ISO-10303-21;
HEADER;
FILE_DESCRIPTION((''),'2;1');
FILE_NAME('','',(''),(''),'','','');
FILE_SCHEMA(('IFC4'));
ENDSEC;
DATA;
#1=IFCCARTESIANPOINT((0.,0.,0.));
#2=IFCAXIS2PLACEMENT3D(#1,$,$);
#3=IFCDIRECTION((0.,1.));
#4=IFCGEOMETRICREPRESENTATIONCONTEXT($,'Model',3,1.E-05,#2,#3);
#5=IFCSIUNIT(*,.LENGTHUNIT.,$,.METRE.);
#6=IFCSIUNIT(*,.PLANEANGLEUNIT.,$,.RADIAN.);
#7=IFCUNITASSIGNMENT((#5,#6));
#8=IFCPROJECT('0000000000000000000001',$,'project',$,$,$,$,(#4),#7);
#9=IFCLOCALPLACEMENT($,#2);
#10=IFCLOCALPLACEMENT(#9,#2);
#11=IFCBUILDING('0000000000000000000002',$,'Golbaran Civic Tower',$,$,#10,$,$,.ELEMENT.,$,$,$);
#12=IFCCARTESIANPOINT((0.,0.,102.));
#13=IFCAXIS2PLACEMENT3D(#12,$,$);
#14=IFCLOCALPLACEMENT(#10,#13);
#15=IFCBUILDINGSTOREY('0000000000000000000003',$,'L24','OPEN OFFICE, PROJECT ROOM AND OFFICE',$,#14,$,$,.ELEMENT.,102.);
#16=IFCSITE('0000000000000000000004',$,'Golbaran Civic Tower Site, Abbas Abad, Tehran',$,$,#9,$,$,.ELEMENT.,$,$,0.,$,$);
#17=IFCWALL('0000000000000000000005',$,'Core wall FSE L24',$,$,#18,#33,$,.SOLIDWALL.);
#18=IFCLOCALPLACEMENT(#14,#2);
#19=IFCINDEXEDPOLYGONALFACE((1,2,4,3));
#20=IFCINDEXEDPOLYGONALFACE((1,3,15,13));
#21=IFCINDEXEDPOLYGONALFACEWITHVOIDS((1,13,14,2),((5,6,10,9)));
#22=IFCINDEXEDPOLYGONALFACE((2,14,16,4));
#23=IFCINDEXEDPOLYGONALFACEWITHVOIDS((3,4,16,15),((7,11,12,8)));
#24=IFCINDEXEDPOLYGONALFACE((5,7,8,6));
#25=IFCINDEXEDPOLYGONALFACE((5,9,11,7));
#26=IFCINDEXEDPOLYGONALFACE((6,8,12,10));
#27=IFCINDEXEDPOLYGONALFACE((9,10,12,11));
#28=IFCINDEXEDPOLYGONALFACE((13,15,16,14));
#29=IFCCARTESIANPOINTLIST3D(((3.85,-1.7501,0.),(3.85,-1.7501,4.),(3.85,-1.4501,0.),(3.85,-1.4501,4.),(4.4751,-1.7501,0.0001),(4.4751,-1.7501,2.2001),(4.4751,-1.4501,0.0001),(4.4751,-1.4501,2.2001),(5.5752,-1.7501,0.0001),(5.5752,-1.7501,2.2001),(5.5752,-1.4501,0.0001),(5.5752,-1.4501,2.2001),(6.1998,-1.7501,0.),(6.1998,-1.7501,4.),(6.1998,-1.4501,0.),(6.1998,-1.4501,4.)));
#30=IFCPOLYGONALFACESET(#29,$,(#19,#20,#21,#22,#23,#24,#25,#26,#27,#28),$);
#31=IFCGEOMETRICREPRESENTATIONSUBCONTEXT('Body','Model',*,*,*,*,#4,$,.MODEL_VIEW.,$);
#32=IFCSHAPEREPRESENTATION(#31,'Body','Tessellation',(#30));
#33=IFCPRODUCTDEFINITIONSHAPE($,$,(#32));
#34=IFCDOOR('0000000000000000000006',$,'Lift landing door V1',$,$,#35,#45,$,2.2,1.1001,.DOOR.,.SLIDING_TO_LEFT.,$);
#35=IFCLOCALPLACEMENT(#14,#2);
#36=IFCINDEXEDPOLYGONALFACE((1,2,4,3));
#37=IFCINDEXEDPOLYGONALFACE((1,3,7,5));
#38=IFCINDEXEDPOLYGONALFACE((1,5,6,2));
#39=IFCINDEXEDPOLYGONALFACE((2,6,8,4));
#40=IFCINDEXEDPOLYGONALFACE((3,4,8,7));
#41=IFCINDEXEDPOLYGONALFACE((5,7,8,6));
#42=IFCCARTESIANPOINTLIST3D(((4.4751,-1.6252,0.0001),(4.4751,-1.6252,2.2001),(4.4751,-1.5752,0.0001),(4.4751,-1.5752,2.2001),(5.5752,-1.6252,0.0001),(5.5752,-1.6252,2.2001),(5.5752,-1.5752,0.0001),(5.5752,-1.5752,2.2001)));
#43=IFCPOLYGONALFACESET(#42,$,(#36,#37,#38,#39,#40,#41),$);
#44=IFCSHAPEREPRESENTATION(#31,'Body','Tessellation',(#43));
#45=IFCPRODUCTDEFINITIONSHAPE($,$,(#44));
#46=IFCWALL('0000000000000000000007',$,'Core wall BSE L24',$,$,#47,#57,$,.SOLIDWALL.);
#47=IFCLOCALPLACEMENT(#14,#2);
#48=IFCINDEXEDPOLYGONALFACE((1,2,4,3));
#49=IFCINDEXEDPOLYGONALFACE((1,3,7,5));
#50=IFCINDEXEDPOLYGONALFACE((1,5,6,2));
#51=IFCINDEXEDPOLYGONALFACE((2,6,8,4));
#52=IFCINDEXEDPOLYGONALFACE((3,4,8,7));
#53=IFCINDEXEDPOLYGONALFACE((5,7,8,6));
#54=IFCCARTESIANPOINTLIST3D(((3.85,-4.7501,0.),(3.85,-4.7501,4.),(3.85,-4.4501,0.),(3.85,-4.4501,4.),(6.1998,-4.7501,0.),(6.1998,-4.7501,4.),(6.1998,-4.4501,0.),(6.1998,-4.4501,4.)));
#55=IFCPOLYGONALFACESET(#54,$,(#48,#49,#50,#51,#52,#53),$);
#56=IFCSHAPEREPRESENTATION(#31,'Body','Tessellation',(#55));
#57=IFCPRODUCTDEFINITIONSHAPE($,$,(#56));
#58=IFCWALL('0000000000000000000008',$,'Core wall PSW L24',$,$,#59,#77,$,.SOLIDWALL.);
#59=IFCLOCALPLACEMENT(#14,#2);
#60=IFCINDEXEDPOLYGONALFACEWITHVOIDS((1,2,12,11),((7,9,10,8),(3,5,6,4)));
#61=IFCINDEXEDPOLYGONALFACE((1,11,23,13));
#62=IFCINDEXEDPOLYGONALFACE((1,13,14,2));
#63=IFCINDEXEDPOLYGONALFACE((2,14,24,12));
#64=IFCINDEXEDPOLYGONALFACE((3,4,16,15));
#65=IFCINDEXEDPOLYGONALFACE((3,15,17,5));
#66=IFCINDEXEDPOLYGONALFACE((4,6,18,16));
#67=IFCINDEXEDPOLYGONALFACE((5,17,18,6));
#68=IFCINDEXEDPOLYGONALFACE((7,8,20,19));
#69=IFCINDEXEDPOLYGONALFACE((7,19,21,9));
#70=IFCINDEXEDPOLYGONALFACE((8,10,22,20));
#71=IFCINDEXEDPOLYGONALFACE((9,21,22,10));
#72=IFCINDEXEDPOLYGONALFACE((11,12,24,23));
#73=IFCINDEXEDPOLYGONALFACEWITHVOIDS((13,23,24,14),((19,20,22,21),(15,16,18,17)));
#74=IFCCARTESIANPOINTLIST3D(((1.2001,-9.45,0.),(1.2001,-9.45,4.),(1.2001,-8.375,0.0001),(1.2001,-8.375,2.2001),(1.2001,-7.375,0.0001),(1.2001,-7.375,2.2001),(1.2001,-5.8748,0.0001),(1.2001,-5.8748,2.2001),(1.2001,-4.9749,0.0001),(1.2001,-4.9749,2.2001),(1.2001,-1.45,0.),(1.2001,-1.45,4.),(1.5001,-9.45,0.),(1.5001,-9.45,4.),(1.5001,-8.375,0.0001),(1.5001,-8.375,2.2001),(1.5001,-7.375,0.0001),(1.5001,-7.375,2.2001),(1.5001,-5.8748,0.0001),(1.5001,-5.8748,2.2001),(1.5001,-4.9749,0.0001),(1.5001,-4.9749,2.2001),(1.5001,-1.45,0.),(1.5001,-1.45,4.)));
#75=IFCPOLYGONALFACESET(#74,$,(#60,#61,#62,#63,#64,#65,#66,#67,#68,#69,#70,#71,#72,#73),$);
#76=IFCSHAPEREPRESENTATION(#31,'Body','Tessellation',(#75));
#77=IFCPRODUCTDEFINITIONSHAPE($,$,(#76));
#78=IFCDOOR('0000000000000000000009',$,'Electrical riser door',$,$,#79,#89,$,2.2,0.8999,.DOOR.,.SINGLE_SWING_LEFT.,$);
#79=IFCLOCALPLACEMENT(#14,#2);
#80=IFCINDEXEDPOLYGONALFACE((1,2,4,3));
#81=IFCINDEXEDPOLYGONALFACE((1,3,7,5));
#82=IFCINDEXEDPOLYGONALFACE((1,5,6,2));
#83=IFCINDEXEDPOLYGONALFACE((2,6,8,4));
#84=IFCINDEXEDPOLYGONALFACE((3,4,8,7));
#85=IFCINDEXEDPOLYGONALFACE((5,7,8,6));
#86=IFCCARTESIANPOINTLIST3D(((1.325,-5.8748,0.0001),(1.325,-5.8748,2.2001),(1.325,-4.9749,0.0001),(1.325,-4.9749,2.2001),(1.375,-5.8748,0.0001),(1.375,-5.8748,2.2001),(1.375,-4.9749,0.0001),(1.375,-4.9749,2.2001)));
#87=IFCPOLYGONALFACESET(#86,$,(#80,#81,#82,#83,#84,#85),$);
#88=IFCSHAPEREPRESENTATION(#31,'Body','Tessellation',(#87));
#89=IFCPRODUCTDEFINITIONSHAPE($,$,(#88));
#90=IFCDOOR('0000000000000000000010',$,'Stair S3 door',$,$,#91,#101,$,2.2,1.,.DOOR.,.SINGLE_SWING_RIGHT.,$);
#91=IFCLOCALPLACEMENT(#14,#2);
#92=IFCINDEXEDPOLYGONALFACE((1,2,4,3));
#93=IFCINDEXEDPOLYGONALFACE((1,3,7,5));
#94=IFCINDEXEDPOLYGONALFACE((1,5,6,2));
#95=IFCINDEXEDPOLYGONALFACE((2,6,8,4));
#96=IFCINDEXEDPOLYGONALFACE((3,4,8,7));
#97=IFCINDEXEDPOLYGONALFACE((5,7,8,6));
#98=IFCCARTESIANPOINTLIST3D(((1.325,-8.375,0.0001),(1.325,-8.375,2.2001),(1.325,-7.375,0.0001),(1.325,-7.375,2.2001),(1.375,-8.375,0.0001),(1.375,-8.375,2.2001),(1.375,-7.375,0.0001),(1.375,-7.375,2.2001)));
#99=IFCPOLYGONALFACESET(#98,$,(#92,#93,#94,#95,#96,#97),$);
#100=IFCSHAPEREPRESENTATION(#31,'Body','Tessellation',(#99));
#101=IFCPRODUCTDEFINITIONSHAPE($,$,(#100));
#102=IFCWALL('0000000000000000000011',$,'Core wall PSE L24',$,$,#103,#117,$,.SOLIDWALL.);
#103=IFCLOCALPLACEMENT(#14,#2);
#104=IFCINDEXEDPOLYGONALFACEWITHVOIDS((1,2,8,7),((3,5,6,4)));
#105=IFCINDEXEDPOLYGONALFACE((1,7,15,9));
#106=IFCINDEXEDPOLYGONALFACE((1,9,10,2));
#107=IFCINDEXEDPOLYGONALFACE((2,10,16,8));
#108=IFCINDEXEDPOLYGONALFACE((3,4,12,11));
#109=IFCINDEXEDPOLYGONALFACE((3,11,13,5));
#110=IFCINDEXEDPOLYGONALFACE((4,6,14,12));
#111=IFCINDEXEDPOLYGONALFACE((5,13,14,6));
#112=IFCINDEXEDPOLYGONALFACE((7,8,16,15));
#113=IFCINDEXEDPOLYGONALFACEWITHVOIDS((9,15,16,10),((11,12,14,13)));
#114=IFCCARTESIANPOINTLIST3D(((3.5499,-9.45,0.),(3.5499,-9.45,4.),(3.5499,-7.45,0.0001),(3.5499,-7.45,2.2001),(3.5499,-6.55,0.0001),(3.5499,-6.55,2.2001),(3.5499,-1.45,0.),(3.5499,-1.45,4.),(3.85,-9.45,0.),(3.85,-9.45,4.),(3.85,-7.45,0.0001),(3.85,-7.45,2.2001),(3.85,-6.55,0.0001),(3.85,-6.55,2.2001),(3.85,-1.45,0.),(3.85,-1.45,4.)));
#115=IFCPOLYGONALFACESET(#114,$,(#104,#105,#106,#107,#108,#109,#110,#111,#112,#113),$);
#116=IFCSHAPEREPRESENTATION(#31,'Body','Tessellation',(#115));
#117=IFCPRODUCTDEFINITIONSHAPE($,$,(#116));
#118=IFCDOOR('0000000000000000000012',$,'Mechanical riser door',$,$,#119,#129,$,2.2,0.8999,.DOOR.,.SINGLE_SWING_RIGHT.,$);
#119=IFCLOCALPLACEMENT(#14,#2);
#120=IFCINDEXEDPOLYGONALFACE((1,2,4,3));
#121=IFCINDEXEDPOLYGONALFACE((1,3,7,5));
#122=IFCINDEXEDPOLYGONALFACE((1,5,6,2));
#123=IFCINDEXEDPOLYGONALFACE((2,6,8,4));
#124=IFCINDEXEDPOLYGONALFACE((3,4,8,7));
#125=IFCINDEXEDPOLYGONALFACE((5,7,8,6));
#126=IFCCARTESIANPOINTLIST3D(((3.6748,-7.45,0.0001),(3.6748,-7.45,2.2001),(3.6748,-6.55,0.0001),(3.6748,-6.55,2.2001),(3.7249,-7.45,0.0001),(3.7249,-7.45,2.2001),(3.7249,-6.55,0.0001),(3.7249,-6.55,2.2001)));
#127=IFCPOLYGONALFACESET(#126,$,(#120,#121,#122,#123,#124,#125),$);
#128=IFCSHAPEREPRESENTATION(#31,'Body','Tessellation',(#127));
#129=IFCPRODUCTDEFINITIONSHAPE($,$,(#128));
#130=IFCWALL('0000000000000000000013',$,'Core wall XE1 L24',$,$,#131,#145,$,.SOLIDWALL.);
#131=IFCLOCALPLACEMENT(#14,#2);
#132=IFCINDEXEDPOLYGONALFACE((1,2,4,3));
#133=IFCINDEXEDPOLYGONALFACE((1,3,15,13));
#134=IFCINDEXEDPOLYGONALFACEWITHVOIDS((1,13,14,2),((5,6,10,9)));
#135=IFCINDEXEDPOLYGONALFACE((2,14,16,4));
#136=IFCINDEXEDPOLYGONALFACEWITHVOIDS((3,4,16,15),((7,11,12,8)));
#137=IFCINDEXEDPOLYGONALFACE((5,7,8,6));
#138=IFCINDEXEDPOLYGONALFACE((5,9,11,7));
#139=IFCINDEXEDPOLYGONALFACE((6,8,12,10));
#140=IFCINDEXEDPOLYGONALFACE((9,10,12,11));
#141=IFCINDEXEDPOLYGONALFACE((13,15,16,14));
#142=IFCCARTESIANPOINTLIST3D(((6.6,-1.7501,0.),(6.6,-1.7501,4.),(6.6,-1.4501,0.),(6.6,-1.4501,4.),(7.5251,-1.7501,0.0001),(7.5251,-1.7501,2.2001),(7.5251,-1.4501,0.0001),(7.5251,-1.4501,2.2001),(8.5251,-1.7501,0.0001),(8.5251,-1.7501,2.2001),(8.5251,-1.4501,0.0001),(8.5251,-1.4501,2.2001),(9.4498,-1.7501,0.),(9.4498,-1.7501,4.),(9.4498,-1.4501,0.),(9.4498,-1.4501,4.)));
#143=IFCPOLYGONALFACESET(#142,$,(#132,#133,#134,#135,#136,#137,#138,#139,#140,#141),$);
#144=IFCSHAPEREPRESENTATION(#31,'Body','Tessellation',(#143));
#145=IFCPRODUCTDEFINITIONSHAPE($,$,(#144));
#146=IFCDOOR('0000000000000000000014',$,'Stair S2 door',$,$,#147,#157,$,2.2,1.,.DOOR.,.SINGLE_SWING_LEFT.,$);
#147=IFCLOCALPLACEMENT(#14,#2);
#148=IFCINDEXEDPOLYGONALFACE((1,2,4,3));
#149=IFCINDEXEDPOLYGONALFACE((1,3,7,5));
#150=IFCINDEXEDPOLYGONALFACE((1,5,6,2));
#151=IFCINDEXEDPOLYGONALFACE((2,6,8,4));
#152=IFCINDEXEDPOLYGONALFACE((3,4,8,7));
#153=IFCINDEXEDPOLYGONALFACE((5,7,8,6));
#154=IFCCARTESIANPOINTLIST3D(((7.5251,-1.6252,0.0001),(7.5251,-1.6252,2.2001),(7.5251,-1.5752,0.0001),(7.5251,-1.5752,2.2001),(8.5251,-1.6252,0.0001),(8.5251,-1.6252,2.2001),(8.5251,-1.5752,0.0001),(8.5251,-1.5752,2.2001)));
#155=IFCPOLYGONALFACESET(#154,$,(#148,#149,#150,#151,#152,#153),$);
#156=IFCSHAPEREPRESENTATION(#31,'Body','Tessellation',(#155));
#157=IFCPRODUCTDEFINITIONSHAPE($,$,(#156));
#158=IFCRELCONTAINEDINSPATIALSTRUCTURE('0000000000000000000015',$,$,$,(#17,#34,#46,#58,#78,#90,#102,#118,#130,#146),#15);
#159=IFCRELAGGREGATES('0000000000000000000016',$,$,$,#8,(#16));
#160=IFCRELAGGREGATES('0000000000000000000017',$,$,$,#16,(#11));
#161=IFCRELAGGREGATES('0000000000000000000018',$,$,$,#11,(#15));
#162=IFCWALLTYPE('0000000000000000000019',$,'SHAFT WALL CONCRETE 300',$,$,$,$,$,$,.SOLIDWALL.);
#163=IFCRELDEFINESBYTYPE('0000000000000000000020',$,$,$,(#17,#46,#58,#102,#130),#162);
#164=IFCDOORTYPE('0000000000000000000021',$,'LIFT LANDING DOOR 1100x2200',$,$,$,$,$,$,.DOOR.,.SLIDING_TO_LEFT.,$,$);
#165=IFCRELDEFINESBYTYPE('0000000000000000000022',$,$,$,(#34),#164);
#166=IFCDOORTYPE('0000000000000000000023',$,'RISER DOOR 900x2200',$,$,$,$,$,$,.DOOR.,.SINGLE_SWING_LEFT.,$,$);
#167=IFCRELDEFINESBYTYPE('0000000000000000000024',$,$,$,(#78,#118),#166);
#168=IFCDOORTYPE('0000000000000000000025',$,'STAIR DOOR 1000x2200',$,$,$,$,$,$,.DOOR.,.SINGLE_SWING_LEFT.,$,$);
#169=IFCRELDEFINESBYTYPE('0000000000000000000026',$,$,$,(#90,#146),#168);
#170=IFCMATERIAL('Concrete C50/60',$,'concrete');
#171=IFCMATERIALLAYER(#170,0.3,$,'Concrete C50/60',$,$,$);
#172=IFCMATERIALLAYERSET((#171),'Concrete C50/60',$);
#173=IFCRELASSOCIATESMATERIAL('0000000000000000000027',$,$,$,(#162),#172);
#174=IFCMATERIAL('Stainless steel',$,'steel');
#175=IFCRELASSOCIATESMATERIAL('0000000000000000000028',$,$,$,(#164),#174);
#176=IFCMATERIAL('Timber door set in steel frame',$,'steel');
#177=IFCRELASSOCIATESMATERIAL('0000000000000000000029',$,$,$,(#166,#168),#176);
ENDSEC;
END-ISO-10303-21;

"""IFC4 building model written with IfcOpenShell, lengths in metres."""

from ifc_helpers import new_model, si_unit, direction, frame, frame_2d, origin, place, context, subcontext, project, spatial, rectangle, extrude, material, layer, layer_set, type_object, element, fill, save


model = new_model("IFC4")

# Units and contexts
model_context = context("Model", 3, precision=1e-05, world=origin(), true_north=direction((0.0, 1.0)))
body_context = subcontext(model_context, "Body", "Model", "MODEL_VIEW")
ifc_project = project(units=[si_unit("LENGTHUNIT", "METRE"), si_unit("PLANEANGLEUNIT", "RADIAN")], contexts=[model_context])

# Site, building, storey
site_placement = place(None, origin())
site = spatial("IfcSite", under=ifc_project, at=site_placement, Name="Golbaran Civic Tower Site, Abbas Abad, Tehran", CompositionType="ELEMENT", RefElevation=0.0)
building_placement = place(site_placement, origin())
building = spatial("IfcBuilding", under=site, at=building_placement, Name="Golbaran Civic Tower", CompositionType="ELEMENT")
storey_placement = place(building_placement, frame((0.0, 0.0, 102.0)))
storey = spatial("IfcBuildingStorey", under=building, at=storey_placement, Name="L24", Description="OPEN OFFICE, PROJECT ROOM AND OFFICE", CompositionType="ELEMENT", Elevation=102.0)

# Shared definitions
ifc_material_1 = material(Name="Concrete C50/60", Category="concrete")
ifc_material_2 = material(Name="Timber door set in steel frame", Category="steel")

# Wall, opening, door
ifc_layer_1 = layer(ifc_material_1, 0.3, Name="Concrete C50/60")
ifc_layer_set_1 = layer_set([ifc_layer_1], Name="Concrete C50/60")
wall_type_1 = type_object("IfcWallType", Name="SHAFT WALL CONCRETE 300", PredefinedType="SOLIDWALL", material=ifc_layer_set_1)
wall_1_placement = place(storey_placement, frame((3.8501, -1.6001, 0.0), z_axis=(0.0, 0.0, 1.0), x_axis=(1.0, 0.0, 0.0)))
wall_1 = element("IfcWall", 1, at=wall_1_placement, inside=storey, type_object=wall_type_1, Name="Core wall FSE L24", PredefinedType="SOLIDWALL", context=body_context, shape_type="SweptSolid", body=[
    extrude(rectangle(XDim=2.3499, YDim=0.3, at=frame_2d((1.1748, 0.0))), origin(), (0.0, 0.0, 1.0), 4.0),
])
opening_1_placement = place(wall_1_placement, frame((0.625, 0.0, 0.0)))
opening_1 = element("IfcOpeningElement", 2, at=opening_1_placement, cuts=wall_1, PredefinedType="OPENING", context=body_context, shape_type="SweptSolid", body=[
    extrude(rectangle(XDim=1.1001, YDim=2.2, at=frame_2d((0.55, 1.1001))), frame((0.0, 0.1599, 0.0), z_axis=(0.0, -1.0, 0.0), x_axis=(1.0, 0.0, 0.0)), (0.0, 0.0, 1.0), 0.3201),
])
ifc_material_3 = material(Name="Stainless steel", Category="steel")
door_type_1 = type_object("IfcDoorType", Name="LIFT LANDING DOOR 1100x2200", OperationType="SLIDING_TO_LEFT", PredefinedType="DOOR", material=ifc_material_3)
door_1_placement = place(opening_1_placement, origin())
door_1 = element("IfcDoor", 3, at=door_1_placement, inside=storey, type_object=door_type_1, Name="Lift landing door V1", OperationType="SLIDING_TO_LEFT", OverallHeight=2.2, OverallWidth=1.1001, PredefinedType="DOOR", context=body_context, shape_type="SweptSolid", body=[
    extrude(rectangle(XDim=1.1001, YDim=2.2, at=frame_2d((0.55, 1.1001))), frame((0.0, 0.0249, 0.0), z_axis=(0.0, -1.0, 0.0), x_axis=(1.0, 0.0, 0.0)), (0.0, 0.0, 1.0), 0.05),
])
fill(opening_1, door_1)

# Wall
wall_2_placement = place(storey_placement, frame((3.8501, -4.6001, 0.0), z_axis=(0.0, 0.0, 1.0), x_axis=(1.0, 0.0, 0.0)))
element("IfcWall", 4, at=wall_2_placement, inside=storey, type_object=wall_type_1, Name="Core wall BSE L24", PredefinedType="SOLIDWALL", context=body_context, shape_type="SweptSolid", body=[
    extrude(rectangle(XDim=2.3499, YDim=0.3, at=frame_2d((1.1748, 0.0))), origin(), (0.0, 0.0, 1.0), 4.0),
])

# Wall, openings, doors
wall_3_placement = place(storey_placement, frame((1.3501, -1.45, 0.0), z_axis=(0.0, 0.0, 1.0), x_axis=(0.0, -1.0, 0.0)))
wall_3 = element("IfcWall", 5, at=wall_3_placement, inside=storey, type_object=wall_type_1, Name="Core wall PSW L24", PredefinedType="SOLIDWALL", context=body_context, shape_type="SweptSolid", body=[
    extrude(rectangle(XDim=8.0, YDim=0.3, at=frame_2d((4.0, 0.0))), origin(), (0.0, 0.0, 1.0), 4.0),
])
opening_2_placement = place(wall_3_placement, frame((5.925, 0.0, 0.0)))
opening_2 = element("IfcOpeningElement", 6, at=opening_2_placement, cuts=wall_3, PredefinedType="OPENING", context=body_context, shape_type="SweptSolid", body=[
    extrude(rectangle(XDim=1.0, YDim=2.2, at=frame_2d((0.5, 1.1001))), frame((0.0, 0.1599, 0.0), z_axis=(0.0, -1.0, 0.0), x_axis=(1.0, 0.0, 0.0)), (0.0, 0.0, 1.0), 0.3201),
])
opening_3_placement = place(wall_3_placement, frame((3.5249, 0.0, 0.0)))
opening_3 = element("IfcOpeningElement", 7, at=opening_3_placement, cuts=wall_3, PredefinedType="OPENING", context=body_context, shape_type="SweptSolid", body=[
    extrude(rectangle(XDim=0.8999, YDim=2.2, at=frame_2d((0.45, 1.1001))), frame((0.0, 0.1599, 0.0), z_axis=(0.0, -1.0, 0.0), x_axis=(1.0, 0.0, 0.0)), (0.0, 0.0, 1.0), 0.3201),
])
door_type_2 = type_object("IfcDoorType", Name="RISER DOOR 900x2200", OperationType="SINGLE_SWING_LEFT", PredefinedType="DOOR", material=ifc_material_2)
door_2_placement = place(opening_3_placement, origin())
door_2 = element("IfcDoor", 8, at=door_2_placement, inside=storey, type_object=door_type_2, Name="Electrical riser door", OperationType="SINGLE_SWING_LEFT", OverallHeight=2.2, OverallWidth=0.8999, PredefinedType="DOOR", context=body_context, shape_type="SweptSolid", body=[
    extrude(rectangle(XDim=0.8999, YDim=2.2, at=frame_2d((0.45, 1.1001))), frame((0.0, 0.0249, 0.0), z_axis=(0.0, -1.0, 0.0), x_axis=(1.0, 0.0, 0.0)), (0.0, 0.0, 1.0), 0.05),
])
fill(opening_3, door_2)
door_type_3 = type_object("IfcDoorType", Name="STAIR DOOR 1000x2200", OperationType="SINGLE_SWING_LEFT", PredefinedType="DOOR", material=ifc_material_2)
door_3_placement = place(opening_2_placement, origin())
door_3 = element("IfcDoor", 9, at=door_3_placement, inside=storey, type_object=door_type_3, Name="Stair S3 door", OperationType="SINGLE_SWING_RIGHT", OverallHeight=2.2, OverallWidth=1.0, PredefinedType="DOOR", context=body_context, shape_type="SweptSolid", body=[
    extrude(rectangle(XDim=1.0, YDim=2.2, at=frame_2d((0.5, 1.1001))), frame((0.0, 0.0249, 0.0), z_axis=(0.0, -1.0, 0.0), x_axis=(1.0, 0.0, 0.0)), (0.0, 0.0, 1.0), 0.05),
])
fill(opening_2, door_3)

# Walls, openings, doors
wall_4_placement = place(storey_placement, frame((3.7, -1.45, 0.0), z_axis=(0.0, 0.0, 1.0), x_axis=(0.0, -1.0, 0.0)))
wall_4 = element("IfcWall", 10, at=wall_4_placement, inside=storey, type_object=wall_type_1, Name="Core wall PSE L24", PredefinedType="SOLIDWALL", context=body_context, shape_type="SweptSolid", body=[
    extrude(rectangle(XDim=8.0, YDim=0.3, at=frame_2d((4.0, 0.0))), origin(), (0.0, 0.0, 1.0), 4.0),
])
opening_4_placement = place(wall_4_placement, frame((5.1001, 0.0, 0.0)))
opening_4 = element("IfcOpeningElement", 11, at=opening_4_placement, cuts=wall_4, PredefinedType="OPENING", context=body_context, shape_type="SweptSolid", body=[
    extrude(rectangle(XDim=0.8999, YDim=2.2, at=frame_2d((0.45, 1.1001))), frame((0.0, 0.1599, 0.0), z_axis=(0.0, -1.0, 0.0), x_axis=(1.0, 0.0, 0.0)), (0.0, 0.0, 1.0), 0.3201),
])
door_4_placement = place(opening_4_placement, origin())
door_4 = element("IfcDoor", 12, at=door_4_placement, inside=storey, type_object=door_type_2, Name="Mechanical riser door", OperationType="SINGLE_SWING_RIGHT", OverallHeight=2.2, OverallWidth=0.8999, PredefinedType="DOOR", context=body_context, shape_type="SweptSolid", body=[
    extrude(rectangle(XDim=0.8999, YDim=2.2, at=frame_2d((0.45, 1.1001))), frame((0.0, 0.0249, 0.0), z_axis=(0.0, -1.0, 0.0), x_axis=(1.0, 0.0, 0.0)), (0.0, 0.0, 1.0), 0.05),
])
fill(opening_4, door_4)
wall_5_placement = place(storey_placement, frame((6.6001, -1.6001, 0.0), z_axis=(0.0, 0.0, 1.0), x_axis=(1.0, 0.0, 0.0)))
wall_5 = element("IfcWall", 13, at=wall_5_placement, inside=storey, type_object=wall_type_1, Name="Core wall XE1 L24", PredefinedType="SOLIDWALL", context=body_context, shape_type="SweptSolid", body=[
    extrude(rectangle(XDim=2.8499, YDim=0.3, at=frame_2d((1.4248, 0.0))), origin(), (0.0, 0.0, 1.0), 4.0),
])
opening_5_placement = place(wall_5_placement, frame((0.925, 0.0, 0.0)))
opening_5 = element("IfcOpeningElement", 14, at=opening_5_placement, cuts=wall_5, PredefinedType="OPENING", context=body_context, shape_type="SweptSolid", body=[
    extrude(rectangle(XDim=1.0, YDim=2.2, at=frame_2d((0.5, 1.1001))), frame((0.0, 0.1599, 0.0), z_axis=(0.0, -1.0, 0.0), x_axis=(1.0, 0.0, 0.0)), (0.0, 0.0, 1.0), 0.3201),
])
door_5_placement = place(opening_5_placement, origin())
door_5 = element("IfcDoor", 15, at=door_5_placement, inside=storey, type_object=door_type_3, Name="Stair S2 door", OperationType="SINGLE_SWING_LEFT", OverallHeight=2.2, OverallWidth=1.0, PredefinedType="DOOR", context=body_context, shape_type="SweptSolid", body=[
    extrude(rectangle(XDim=1.0, YDim=2.2, at=frame_2d((0.5, 1.1001))), frame((0.0, 0.0249, 0.0), z_axis=(0.0, -1.0, 0.0), x_axis=(1.0, 0.0, 0.0)), (0.0, 0.0, 1.0), 0.05),
])
fill(opening_5, door_5)

save(model, "model.ifc")
